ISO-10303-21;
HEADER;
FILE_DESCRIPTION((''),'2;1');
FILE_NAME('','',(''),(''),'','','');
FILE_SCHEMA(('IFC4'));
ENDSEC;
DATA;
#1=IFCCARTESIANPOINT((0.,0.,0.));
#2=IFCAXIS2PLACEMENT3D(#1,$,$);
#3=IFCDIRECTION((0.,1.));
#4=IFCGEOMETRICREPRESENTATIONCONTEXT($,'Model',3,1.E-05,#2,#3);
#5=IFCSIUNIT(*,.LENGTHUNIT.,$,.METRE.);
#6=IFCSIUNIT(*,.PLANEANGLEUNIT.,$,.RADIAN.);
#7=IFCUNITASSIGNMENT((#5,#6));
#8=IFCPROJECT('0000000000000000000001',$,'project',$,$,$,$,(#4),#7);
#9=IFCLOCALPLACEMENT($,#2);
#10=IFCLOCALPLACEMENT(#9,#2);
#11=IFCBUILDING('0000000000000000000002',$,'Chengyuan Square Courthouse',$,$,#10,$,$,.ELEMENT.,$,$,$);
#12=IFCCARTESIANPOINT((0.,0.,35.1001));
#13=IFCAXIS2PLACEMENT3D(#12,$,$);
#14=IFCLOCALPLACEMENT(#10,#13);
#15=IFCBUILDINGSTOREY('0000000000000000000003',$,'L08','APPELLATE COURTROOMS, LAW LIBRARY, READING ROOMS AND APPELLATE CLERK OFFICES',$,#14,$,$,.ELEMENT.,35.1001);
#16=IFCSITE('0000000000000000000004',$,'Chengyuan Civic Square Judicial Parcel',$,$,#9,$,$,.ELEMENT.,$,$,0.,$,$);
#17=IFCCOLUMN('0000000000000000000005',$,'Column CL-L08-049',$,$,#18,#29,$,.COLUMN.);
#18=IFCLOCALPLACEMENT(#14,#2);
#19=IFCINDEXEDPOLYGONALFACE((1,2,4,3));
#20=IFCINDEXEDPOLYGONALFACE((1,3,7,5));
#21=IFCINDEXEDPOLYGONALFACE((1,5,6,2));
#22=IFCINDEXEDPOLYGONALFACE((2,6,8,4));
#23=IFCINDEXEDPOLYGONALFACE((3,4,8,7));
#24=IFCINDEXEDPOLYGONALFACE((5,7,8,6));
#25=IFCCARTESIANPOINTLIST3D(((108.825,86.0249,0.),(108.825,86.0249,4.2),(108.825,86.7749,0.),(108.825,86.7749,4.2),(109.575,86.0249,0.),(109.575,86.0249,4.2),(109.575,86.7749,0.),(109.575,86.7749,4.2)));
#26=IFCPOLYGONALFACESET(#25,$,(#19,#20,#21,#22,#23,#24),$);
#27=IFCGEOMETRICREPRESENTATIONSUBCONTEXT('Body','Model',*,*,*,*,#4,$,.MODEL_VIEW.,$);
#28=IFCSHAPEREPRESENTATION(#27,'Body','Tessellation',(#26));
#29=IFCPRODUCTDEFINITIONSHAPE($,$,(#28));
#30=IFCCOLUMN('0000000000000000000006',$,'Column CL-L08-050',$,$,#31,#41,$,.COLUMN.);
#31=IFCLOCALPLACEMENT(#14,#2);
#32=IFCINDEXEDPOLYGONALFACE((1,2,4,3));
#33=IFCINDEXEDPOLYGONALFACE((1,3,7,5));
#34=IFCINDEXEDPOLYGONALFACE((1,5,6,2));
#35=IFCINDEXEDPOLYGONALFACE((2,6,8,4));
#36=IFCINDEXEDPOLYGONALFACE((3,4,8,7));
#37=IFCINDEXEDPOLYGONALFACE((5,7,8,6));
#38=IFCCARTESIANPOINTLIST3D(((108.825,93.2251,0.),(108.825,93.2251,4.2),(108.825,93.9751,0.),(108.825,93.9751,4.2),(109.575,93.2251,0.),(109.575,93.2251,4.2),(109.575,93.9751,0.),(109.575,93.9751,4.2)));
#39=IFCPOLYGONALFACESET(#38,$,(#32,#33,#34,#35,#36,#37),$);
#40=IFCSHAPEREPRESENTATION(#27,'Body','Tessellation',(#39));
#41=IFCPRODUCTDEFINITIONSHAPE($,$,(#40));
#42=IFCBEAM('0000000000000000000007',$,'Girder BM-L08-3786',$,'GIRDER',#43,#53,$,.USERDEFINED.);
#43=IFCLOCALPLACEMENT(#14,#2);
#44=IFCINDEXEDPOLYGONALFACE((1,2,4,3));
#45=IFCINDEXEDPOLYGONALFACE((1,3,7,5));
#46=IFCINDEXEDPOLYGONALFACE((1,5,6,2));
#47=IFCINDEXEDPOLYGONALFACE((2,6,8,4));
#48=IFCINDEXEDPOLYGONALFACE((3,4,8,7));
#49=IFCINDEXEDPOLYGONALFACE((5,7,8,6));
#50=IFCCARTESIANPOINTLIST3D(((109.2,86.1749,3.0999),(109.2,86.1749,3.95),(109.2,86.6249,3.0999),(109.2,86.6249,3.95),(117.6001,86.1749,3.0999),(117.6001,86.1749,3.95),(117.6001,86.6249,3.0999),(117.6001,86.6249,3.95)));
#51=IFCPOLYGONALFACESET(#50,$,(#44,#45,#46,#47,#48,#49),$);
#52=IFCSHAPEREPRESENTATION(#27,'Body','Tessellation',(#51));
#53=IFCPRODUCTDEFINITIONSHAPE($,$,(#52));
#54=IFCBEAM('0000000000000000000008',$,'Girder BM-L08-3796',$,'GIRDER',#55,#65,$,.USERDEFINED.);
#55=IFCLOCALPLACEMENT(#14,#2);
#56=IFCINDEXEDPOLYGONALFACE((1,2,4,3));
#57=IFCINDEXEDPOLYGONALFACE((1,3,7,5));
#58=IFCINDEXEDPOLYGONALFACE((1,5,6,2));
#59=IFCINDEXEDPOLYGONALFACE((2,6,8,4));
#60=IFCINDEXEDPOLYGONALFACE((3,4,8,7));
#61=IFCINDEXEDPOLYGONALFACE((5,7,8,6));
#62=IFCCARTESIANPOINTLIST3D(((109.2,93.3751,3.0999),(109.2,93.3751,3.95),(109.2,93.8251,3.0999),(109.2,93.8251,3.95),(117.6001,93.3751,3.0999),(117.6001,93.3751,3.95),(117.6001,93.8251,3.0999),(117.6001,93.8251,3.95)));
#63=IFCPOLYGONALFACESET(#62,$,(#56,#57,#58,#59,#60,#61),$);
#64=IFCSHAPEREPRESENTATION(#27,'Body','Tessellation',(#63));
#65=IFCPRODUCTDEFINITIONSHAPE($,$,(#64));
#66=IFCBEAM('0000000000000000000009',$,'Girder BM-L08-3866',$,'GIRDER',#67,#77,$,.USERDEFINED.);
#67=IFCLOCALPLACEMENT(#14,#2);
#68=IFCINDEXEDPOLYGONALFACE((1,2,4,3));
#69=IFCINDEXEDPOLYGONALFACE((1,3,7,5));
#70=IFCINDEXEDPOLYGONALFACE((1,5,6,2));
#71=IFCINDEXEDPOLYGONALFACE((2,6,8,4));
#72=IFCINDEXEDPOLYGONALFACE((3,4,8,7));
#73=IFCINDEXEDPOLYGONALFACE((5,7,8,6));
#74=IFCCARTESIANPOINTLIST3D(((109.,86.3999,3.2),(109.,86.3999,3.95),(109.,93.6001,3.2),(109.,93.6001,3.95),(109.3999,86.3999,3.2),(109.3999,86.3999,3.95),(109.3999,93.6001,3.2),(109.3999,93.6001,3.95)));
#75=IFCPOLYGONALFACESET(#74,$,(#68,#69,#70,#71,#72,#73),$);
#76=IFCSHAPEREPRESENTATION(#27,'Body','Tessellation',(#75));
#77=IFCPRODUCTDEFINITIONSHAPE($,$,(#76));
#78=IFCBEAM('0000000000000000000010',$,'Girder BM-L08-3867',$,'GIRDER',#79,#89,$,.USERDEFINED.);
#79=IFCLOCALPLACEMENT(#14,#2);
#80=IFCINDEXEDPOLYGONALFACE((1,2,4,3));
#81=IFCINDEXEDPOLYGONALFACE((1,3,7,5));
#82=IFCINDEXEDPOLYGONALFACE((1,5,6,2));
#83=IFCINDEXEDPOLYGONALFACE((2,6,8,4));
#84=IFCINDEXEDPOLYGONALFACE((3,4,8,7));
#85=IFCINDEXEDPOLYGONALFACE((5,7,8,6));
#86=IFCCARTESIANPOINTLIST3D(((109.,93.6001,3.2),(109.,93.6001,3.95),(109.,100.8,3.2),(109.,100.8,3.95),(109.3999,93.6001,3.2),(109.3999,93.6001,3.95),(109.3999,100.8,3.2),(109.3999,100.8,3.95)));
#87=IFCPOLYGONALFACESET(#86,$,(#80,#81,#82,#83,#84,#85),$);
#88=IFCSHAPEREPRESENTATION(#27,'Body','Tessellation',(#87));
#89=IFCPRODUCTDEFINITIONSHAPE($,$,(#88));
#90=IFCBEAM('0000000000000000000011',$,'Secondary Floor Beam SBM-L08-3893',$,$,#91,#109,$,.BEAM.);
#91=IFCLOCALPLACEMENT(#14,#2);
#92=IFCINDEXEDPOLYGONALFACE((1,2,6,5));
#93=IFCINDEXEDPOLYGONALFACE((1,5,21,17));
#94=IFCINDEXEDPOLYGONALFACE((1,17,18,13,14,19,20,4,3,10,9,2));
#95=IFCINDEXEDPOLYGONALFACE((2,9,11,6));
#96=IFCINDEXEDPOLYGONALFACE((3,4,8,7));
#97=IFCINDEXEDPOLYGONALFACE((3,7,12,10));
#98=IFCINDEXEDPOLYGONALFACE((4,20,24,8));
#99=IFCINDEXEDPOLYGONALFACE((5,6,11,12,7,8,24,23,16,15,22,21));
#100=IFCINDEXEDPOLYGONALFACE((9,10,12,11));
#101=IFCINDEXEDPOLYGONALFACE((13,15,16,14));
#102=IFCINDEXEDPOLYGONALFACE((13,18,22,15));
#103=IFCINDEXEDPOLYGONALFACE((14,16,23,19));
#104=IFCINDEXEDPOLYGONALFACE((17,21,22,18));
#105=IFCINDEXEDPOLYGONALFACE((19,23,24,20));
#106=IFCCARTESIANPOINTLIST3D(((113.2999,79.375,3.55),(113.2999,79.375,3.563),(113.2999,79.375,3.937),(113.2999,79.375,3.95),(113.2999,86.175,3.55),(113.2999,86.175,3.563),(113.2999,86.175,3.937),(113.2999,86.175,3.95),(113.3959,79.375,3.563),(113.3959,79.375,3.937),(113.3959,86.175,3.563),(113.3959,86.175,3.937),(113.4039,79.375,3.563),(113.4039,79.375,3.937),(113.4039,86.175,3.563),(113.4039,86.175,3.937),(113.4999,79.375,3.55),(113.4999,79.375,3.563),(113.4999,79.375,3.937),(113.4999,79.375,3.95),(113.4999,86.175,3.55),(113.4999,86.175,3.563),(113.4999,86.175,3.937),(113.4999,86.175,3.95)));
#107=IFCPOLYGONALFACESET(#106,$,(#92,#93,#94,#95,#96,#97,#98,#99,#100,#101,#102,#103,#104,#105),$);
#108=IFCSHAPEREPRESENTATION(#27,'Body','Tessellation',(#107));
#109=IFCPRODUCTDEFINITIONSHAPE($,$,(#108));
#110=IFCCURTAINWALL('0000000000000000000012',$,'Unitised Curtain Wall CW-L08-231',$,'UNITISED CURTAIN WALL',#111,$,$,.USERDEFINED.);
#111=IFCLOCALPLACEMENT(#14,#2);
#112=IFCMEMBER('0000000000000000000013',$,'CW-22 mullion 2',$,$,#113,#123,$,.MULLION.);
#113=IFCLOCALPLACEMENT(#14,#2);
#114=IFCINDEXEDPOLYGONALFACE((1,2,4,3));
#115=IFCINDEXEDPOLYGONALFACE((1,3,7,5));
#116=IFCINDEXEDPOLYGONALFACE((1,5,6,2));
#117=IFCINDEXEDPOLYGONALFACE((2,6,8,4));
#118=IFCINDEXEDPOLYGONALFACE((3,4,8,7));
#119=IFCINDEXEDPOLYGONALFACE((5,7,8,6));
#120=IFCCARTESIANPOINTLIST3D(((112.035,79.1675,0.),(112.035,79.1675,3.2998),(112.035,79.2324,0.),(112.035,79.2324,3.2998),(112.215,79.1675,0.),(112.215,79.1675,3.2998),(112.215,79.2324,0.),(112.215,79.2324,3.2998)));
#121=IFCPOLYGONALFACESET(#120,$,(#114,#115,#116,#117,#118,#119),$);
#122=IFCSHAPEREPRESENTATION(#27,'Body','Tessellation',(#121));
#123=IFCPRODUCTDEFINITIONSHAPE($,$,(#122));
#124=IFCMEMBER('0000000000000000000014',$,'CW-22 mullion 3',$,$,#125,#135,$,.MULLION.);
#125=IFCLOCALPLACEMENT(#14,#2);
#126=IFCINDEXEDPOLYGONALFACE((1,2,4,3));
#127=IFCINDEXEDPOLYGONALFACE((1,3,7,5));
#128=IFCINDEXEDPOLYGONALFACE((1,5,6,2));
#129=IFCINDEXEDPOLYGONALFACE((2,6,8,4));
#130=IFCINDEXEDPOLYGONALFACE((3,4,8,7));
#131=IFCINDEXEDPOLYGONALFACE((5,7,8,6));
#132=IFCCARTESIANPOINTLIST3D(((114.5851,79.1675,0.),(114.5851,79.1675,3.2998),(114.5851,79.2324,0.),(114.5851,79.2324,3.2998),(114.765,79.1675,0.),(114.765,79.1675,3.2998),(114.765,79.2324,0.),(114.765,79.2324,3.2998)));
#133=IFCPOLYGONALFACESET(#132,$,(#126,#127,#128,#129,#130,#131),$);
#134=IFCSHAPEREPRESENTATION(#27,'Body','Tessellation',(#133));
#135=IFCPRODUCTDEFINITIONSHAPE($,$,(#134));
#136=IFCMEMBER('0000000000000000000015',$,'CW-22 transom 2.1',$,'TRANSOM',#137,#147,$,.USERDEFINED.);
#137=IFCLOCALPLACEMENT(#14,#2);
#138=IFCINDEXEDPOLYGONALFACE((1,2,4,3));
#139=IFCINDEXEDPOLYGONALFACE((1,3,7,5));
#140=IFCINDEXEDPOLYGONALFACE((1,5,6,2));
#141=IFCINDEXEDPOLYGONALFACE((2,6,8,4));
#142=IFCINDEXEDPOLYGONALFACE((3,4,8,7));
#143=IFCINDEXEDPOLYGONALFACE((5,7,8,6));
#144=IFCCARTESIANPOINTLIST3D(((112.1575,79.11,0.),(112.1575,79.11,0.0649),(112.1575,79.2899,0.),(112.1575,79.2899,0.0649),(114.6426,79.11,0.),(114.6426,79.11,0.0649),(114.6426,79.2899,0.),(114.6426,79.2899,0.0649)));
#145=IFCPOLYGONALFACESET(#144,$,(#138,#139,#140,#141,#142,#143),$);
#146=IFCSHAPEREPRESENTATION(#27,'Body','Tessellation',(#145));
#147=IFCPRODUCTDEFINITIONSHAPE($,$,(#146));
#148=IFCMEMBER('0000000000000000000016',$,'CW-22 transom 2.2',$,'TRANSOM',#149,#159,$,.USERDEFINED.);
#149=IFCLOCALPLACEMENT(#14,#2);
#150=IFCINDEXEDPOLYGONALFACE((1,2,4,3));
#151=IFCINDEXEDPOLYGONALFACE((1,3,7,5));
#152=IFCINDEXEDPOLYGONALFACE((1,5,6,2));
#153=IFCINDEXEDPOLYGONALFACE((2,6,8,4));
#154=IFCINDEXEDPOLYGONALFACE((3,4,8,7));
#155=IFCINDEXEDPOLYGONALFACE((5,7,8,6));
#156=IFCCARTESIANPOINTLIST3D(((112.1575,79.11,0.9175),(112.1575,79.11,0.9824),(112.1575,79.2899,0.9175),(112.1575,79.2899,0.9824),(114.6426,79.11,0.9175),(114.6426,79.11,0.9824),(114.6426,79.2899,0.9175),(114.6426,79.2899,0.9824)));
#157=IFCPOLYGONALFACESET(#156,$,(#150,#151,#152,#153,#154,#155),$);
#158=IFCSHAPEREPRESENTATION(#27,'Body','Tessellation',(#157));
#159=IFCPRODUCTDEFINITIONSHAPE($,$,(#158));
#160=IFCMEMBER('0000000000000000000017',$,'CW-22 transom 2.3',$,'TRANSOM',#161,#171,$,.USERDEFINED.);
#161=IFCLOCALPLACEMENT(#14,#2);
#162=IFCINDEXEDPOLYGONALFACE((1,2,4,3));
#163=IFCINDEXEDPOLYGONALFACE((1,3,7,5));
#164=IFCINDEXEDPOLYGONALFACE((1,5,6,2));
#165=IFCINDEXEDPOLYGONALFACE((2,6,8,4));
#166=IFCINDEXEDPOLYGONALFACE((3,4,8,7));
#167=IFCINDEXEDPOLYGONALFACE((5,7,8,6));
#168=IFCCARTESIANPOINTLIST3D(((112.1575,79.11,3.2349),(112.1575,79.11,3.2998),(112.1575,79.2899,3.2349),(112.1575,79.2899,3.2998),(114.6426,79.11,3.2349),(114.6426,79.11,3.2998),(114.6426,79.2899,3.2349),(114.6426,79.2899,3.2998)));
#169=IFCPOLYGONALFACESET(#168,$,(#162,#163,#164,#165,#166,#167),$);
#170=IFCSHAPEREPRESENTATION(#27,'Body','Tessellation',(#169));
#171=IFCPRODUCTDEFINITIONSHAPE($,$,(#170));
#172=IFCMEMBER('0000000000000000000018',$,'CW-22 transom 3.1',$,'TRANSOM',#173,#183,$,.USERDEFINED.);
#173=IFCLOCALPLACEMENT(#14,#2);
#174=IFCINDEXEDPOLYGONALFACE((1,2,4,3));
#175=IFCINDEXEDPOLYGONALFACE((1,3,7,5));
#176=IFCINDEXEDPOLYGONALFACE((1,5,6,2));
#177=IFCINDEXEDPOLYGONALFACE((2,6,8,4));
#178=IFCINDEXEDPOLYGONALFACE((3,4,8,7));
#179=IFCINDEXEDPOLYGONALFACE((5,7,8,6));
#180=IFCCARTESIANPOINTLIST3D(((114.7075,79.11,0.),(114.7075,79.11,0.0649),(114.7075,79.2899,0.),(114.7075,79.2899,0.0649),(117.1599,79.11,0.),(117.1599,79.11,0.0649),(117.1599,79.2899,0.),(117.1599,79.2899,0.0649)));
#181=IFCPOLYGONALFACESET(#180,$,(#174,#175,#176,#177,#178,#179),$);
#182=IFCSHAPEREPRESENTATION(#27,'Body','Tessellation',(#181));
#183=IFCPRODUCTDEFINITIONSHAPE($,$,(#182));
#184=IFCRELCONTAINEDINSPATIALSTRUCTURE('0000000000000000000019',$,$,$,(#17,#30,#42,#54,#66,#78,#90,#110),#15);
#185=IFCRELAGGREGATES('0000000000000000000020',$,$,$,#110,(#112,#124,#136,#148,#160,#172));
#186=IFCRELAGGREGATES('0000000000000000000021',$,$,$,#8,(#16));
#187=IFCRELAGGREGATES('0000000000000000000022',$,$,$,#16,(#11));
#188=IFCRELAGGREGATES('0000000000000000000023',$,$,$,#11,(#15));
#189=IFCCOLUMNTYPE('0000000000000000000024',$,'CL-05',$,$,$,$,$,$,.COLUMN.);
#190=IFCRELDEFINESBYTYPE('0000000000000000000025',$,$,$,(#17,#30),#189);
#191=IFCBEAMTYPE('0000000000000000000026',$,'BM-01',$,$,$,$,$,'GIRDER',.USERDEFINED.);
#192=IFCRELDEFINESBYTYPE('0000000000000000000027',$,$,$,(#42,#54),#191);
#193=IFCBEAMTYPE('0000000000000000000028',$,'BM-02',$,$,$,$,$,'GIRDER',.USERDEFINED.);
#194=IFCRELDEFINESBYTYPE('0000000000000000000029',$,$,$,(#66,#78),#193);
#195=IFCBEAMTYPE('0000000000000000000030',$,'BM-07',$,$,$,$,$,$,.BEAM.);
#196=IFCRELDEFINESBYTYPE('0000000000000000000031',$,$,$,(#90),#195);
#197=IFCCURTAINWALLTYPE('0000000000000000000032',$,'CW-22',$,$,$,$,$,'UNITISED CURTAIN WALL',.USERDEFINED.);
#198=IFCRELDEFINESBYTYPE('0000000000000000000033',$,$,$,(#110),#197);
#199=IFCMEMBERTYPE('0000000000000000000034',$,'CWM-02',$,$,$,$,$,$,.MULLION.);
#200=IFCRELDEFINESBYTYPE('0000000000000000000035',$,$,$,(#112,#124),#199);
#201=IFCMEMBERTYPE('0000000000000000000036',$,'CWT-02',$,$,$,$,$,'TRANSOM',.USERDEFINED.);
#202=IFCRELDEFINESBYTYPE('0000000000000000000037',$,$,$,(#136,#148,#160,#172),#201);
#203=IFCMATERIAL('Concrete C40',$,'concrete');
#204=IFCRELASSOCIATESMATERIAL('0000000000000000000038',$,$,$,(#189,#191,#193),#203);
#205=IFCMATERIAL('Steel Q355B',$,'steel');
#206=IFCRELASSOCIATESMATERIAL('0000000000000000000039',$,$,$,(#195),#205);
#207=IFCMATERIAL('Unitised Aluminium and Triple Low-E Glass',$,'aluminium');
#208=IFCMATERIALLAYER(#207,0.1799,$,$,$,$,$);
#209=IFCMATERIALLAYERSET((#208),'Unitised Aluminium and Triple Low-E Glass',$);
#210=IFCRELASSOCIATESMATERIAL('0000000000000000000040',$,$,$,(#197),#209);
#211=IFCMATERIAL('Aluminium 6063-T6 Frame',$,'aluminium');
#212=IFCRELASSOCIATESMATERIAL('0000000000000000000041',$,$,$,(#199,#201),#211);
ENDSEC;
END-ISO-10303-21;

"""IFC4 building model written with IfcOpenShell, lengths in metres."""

from ifc_helpers import new_model, si_unit, direction, frame, origin, origin_2d, place, context, subcontext, project, spatial, rectangle, i_section, extrude, material, layer, layer_set, material_profile, profile_set, type_object, element, aggregate, save


model = new_model("IFC4")

# Units and contexts
model_context = context("Model", 3, precision=1e-05, world=origin(), true_north=direction((0.0, 1.0)))
body_context = subcontext(model_context, "Body", "Model", "MODEL_VIEW")
ifc_project = project(units=[si_unit("LENGTHUNIT", "METRE"), si_unit("PLANEANGLEUNIT", "RADIAN")], contexts=[model_context])

# Site, building, storey
site_placement = place(None, origin())
site = spatial("IfcSite", under=ifc_project, at=site_placement, Name="Chengyuan Civic Square Judicial Parcel", CompositionType="ELEMENT", RefElevation=0.0)
building_placement = place(site_placement, origin())
building = spatial("IfcBuilding", under=site, at=building_placement, Name="Chengyuan Square Courthouse", CompositionType="ELEMENT")
storey_placement = place(building_placement, frame((0.0, 0.0, 35.1001)))
storey = spatial("IfcBuildingStorey", under=building, at=storey_placement, Name="L08", Description="APPELLATE COURTROOMS, LAW LIBRARY, READING ROOMS AND APPELLATE CLERK OFFICES", CompositionType="ELEMENT", Elevation=35.1001)

# Columns
ifc_material_1 = material(Name="Concrete C40", Category="concrete")
ifc_material_profile_1 = material_profile(ifc_material_1, rectangle(XDim=0.75, YDim=0.75, at=origin_2d()), Name="RC-COL-750x750")
ifc_profile_set_1 = profile_set([ifc_material_profile_1], Name="Concrete C40")
column_type = type_object("IfcColumnType", Name="CL-05", PredefinedType="COLUMN", material=ifc_profile_set_1)
for number, where, z_axis, x_axis, name in (
    (1, (109.2, 86.3999, 0.0), (0.0, 0.0, 1.0), (1.0, 0.0, 0.0), "Column CL-L08-049"),
    (2, (109.2, 93.6001, 0.0), (0.0, 0.0, 1.0), (1.0, 0.0, 0.0), "Column CL-L08-050"),
):
    element("IfcColumn", number, at=place(storey_placement, frame(where, z_axis=z_axis, x_axis=x_axis)), inside=storey, type_object=column_type, Name=name, PredefinedType="COLUMN", context=body_context, shape_type="SweptSolid", body=[
        extrude(rectangle(XDim=0.75, YDim=0.75, at=origin_2d()), origin(), (0.0, 0.0, 1.0), 4.2),
    ])

# Beams
ifc_material_profile_2 = material_profile(ifc_material_1, rectangle(XDim=0.45, YDim=0.8501, at=origin_2d()), Name="RC-BM-450x850")
ifc_profile_set_2 = profile_set([ifc_material_profile_2], Name="Concrete C40")
beam_type_1 = type_object("IfcBeamType", Name="BM-01", ElementType="GIRDER", PredefinedType="USERDEFINED", material=ifc_profile_set_2)
for number, where, z_axis, x_axis, name in (
    (3, (109.2, 86.3999, 3.5249), (1.0, 0.0, 0.0), (0.0, 1.0, 0.0), "Girder BM-L08-3786"),
    (4, (109.2, 93.6001, 3.5249), (1.0, 0.0, 0.0), (0.0, 1.0, 0.0), "Girder BM-L08-3796"),
):
    element("IfcBeam", number, at=place(storey_placement, frame(where, z_axis=z_axis, x_axis=x_axis)), inside=storey, type_object=beam_type_1, Name=name, ObjectType="GIRDER", PredefinedType="USERDEFINED", context=body_context, shape_type="SweptSolid", body=[
        extrude(rectangle(XDim=0.45, YDim=0.8501, at=origin_2d()), origin(), (0.0, 0.0, 1.0), 8.4001),
    ])
ifc_material_profile_3 = material_profile(ifc_material_1, rectangle(XDim=0.3999, YDim=0.75, at=origin_2d()), Name="RC-BM-400x750")
ifc_profile_set_3 = profile_set([ifc_material_profile_3], Name="Concrete C40")
beam_type_2 = type_object("IfcBeamType", Name="BM-02", ElementType="GIRDER", PredefinedType="USERDEFINED", material=ifc_profile_set_3)
beam_1_placement = place(storey_placement, frame((109.2, 86.3999, 3.575), z_axis=(0.0, 1.0, 0.0), x_axis=(-1.0, 0.0, 0.0)))
element("IfcBeam", 5, at=beam_1_placement, inside=storey, type_object=beam_type_2, Name="Girder BM-L08-3866", ObjectType="GIRDER", PredefinedType="USERDEFINED", context=body_context, shape_type="SweptSolid", body=[
    extrude(rectangle(XDim=0.3999, YDim=0.75, at=origin_2d()), origin(), (0.0, 0.0, 1.0), 7.2002),
])
beam_2_placement = place(storey_placement, frame((109.2, 93.6001, 3.575), z_axis=(0.0, 1.0, 0.0), x_axis=(-1.0, 0.0, 0.0)))
element("IfcBeam", 6, at=beam_2_placement, inside=storey, type_object=beam_type_2, Name="Girder BM-L08-3867", ObjectType="GIRDER", PredefinedType="USERDEFINED", context=body_context, shape_type="SweptSolid", body=[
    extrude(rectangle(XDim=0.3999, YDim=0.75, at=origin_2d()), origin(), (0.0, 0.0, 1.0), 7.2),
])
ifc_material_2 = material(Name="Steel Q355B", Category="steel")
ifc_material_profile_4 = material_profile(ifc_material_2, i_section(OverallWidth=0.2, OverallDepth=0.3999, WebThickness=0.0081, FlangeThickness=0.0129, at=origin_2d()), Name="HN 400x200x8x13")
ifc_profile_set_4 = profile_set([ifc_material_profile_4], Name="Steel Q355B")
beam_type_3 = type_object("IfcBeamType", Name="BM-07", PredefinedType="BEAM", material=ifc_profile_set_4)
beam_3_placement = place(storey_placement, frame((113.3999, 79.375, 3.75), z_axis=(0.0, 1.0, 0.0), x_axis=(-1.0, 0.0, 0.0)))
element("IfcBeam", 7, at=beam_3_placement, inside=storey, type_object=beam_type_3, Name="Secondary Floor Beam SBM-L08-3893", PredefinedType="BEAM", context=body_context, shape_type="SweptSolid", body=[
    extrude(i_section(OverallWidth=0.2, OverallDepth=0.3999, WebThickness=0.0081, FlangeThickness=0.0129, at=origin_2d()), origin(), (0.0, 0.0, 1.0), 6.8),
])

# Curtain wall, members
ifc_material_3 = material(Name="Unitised Aluminium and Triple Low-E Glass", Category="aluminium")
ifc_layer_1 = layer(ifc_material_3, 0.1799)
ifc_layer_set_1 = layer_set([ifc_layer_1], Name="Unitised Aluminium and Triple Low-E Glass")
curtain_wall_type = type_object("IfcCurtainWallType", Name="CW-22", ElementType="UNITISED CURTAIN WALL", PredefinedType="USERDEFINED", material=ifc_layer_set_1)
curtain_wall_placement = place(storey_placement, origin())
curtain_wall = element("IfcCurtainWall", 8, at=curtain_wall_placement, inside=storey, type_object=curtain_wall_type, Name="Unitised Curtain Wall CW-L08-231", ObjectType="UNITISED CURTAIN WALL", PredefinedType="USERDEFINED")
ifc_material_4 = material(Name="Aluminium 6063-T6 Frame", Category="aluminium")
ifc_material_profile_5 = material_profile(ifc_material_4, rectangle(XDim=0.0649, YDim=0.1799, at=origin_2d()), Name="CW-MUL-65x180")
ifc_profile_set_5 = profile_set([ifc_material_profile_5], Name="Aluminium 6063-T6 Frame")
member_type_1 = type_object("IfcMemberType", Name="CWM-02", PredefinedType="MULLION", material=ifc_profile_set_5)
member_1_placement = place(storey_placement, frame((112.125, 79.2, 0.0), z_axis=(0.0, 0.0, 1.0), x_axis=(0.0, 1.0, 0.0)))
member_1 = element("IfcMember", 9, at=member_1_placement, type_object=member_type_1, Name="CW-22 mullion 2", PredefinedType="MULLION", context=body_context, shape_type="SweptSolid", body=[
    extrude(rectangle(XDim=0.0649, YDim=0.1799, at=origin_2d()), origin(), (0.0, 0.0, 1.0), 3.2998),
])
member_2_placement = place(storey_placement, frame((114.675, 79.2, 0.0), z_axis=(0.0, 0.0, 1.0), x_axis=(0.0, 1.0, 0.0)))
member_2 = element("IfcMember", 10, at=member_2_placement, type_object=member_type_1, Name="CW-22 mullion 3", PredefinedType="MULLION", context=body_context, shape_type="SweptSolid", body=[
    extrude(rectangle(XDim=0.0649, YDim=0.1799, at=origin_2d()), origin(), (0.0, 0.0, 1.0), 3.2998),
])
ifc_material_profile_6 = material_profile(ifc_material_4, rectangle(XDim=0.1799, YDim=0.0649, at=origin_2d()), Name="CW-TRN-65x140")
ifc_profile_set_6 = profile_set([ifc_material_profile_6], Name="Aluminium 6063-T6 Frame")
member_type_2 = type_object("IfcMemberType", Name="CWT-02", ElementType="TRANSOM", PredefinedType="USERDEFINED", material=ifc_profile_set_6)
member_3_placement = place(storey_placement, frame((112.1575, 79.2, 0.0325), z_axis=(1.0, 0.0, 0.0), x_axis=(0.0, 1.0, 0.0)))
member_3 = element("IfcMember", 11, at=member_3_placement, type_object=member_type_2, Name="CW-22 transom 2.1", ObjectType="TRANSOM", PredefinedType="USERDEFINED", context=body_context, shape_type="SweptSolid", body=[
    extrude(rectangle(XDim=0.1799, YDim=0.0649, at=origin_2d()), origin(), (0.0, 0.0, 1.0), 2.4851),
])
member_4_placement = place(storey_placement, frame((112.1575, 79.2, 0.95), z_axis=(1.0, 0.0, 0.0), x_axis=(0.0, 1.0, 0.0)))
member_4 = element("IfcMember", 12, at=member_4_placement, type_object=member_type_2, Name="CW-22 transom 2.2", ObjectType="TRANSOM", PredefinedType="USERDEFINED", context=body_context, shape_type="SweptSolid", body=[
    extrude(rectangle(XDim=0.1799, YDim=0.0649, at=origin_2d()), origin(), (0.0, 0.0, 1.0), 2.4851),
])
member_5_placement = place(storey_placement, frame((112.1575, 79.2, 3.2673), z_axis=(1.0, 0.0, 0.0), x_axis=(0.0, 1.0, 0.0)))
member_5 = element("IfcMember", 13, at=member_5_placement, type_object=member_type_2, Name="CW-22 transom 2.3", ObjectType="TRANSOM", PredefinedType="USERDEFINED", context=body_context, shape_type="SweptSolid", body=[
    extrude(rectangle(XDim=0.1799, YDim=0.0649, at=origin_2d()), origin(), (0.0, 0.0, 1.0), 2.4851),
])
member_6_placement = place(storey_placement, frame((114.7075, 79.2, 0.0325), z_axis=(1.0, 0.0, 0.0), x_axis=(0.0, 1.0, 0.0)))
member_6 = element("IfcMember", 14, at=member_6_placement, type_object=member_type_2, Name="CW-22 transom 3.1", ObjectType="TRANSOM", PredefinedType="USERDEFINED", context=body_context, shape_type="SweptSolid", body=[
    extrude(rectangle(XDim=0.1799, YDim=0.0649, at=origin_2d()), origin(), (0.0, 0.0, 1.0), 2.4524),
])
aggregate(curtain_wall, [member_1, member_2, member_3, member_4, member_5, member_6])

save(model, "model.ifc")
